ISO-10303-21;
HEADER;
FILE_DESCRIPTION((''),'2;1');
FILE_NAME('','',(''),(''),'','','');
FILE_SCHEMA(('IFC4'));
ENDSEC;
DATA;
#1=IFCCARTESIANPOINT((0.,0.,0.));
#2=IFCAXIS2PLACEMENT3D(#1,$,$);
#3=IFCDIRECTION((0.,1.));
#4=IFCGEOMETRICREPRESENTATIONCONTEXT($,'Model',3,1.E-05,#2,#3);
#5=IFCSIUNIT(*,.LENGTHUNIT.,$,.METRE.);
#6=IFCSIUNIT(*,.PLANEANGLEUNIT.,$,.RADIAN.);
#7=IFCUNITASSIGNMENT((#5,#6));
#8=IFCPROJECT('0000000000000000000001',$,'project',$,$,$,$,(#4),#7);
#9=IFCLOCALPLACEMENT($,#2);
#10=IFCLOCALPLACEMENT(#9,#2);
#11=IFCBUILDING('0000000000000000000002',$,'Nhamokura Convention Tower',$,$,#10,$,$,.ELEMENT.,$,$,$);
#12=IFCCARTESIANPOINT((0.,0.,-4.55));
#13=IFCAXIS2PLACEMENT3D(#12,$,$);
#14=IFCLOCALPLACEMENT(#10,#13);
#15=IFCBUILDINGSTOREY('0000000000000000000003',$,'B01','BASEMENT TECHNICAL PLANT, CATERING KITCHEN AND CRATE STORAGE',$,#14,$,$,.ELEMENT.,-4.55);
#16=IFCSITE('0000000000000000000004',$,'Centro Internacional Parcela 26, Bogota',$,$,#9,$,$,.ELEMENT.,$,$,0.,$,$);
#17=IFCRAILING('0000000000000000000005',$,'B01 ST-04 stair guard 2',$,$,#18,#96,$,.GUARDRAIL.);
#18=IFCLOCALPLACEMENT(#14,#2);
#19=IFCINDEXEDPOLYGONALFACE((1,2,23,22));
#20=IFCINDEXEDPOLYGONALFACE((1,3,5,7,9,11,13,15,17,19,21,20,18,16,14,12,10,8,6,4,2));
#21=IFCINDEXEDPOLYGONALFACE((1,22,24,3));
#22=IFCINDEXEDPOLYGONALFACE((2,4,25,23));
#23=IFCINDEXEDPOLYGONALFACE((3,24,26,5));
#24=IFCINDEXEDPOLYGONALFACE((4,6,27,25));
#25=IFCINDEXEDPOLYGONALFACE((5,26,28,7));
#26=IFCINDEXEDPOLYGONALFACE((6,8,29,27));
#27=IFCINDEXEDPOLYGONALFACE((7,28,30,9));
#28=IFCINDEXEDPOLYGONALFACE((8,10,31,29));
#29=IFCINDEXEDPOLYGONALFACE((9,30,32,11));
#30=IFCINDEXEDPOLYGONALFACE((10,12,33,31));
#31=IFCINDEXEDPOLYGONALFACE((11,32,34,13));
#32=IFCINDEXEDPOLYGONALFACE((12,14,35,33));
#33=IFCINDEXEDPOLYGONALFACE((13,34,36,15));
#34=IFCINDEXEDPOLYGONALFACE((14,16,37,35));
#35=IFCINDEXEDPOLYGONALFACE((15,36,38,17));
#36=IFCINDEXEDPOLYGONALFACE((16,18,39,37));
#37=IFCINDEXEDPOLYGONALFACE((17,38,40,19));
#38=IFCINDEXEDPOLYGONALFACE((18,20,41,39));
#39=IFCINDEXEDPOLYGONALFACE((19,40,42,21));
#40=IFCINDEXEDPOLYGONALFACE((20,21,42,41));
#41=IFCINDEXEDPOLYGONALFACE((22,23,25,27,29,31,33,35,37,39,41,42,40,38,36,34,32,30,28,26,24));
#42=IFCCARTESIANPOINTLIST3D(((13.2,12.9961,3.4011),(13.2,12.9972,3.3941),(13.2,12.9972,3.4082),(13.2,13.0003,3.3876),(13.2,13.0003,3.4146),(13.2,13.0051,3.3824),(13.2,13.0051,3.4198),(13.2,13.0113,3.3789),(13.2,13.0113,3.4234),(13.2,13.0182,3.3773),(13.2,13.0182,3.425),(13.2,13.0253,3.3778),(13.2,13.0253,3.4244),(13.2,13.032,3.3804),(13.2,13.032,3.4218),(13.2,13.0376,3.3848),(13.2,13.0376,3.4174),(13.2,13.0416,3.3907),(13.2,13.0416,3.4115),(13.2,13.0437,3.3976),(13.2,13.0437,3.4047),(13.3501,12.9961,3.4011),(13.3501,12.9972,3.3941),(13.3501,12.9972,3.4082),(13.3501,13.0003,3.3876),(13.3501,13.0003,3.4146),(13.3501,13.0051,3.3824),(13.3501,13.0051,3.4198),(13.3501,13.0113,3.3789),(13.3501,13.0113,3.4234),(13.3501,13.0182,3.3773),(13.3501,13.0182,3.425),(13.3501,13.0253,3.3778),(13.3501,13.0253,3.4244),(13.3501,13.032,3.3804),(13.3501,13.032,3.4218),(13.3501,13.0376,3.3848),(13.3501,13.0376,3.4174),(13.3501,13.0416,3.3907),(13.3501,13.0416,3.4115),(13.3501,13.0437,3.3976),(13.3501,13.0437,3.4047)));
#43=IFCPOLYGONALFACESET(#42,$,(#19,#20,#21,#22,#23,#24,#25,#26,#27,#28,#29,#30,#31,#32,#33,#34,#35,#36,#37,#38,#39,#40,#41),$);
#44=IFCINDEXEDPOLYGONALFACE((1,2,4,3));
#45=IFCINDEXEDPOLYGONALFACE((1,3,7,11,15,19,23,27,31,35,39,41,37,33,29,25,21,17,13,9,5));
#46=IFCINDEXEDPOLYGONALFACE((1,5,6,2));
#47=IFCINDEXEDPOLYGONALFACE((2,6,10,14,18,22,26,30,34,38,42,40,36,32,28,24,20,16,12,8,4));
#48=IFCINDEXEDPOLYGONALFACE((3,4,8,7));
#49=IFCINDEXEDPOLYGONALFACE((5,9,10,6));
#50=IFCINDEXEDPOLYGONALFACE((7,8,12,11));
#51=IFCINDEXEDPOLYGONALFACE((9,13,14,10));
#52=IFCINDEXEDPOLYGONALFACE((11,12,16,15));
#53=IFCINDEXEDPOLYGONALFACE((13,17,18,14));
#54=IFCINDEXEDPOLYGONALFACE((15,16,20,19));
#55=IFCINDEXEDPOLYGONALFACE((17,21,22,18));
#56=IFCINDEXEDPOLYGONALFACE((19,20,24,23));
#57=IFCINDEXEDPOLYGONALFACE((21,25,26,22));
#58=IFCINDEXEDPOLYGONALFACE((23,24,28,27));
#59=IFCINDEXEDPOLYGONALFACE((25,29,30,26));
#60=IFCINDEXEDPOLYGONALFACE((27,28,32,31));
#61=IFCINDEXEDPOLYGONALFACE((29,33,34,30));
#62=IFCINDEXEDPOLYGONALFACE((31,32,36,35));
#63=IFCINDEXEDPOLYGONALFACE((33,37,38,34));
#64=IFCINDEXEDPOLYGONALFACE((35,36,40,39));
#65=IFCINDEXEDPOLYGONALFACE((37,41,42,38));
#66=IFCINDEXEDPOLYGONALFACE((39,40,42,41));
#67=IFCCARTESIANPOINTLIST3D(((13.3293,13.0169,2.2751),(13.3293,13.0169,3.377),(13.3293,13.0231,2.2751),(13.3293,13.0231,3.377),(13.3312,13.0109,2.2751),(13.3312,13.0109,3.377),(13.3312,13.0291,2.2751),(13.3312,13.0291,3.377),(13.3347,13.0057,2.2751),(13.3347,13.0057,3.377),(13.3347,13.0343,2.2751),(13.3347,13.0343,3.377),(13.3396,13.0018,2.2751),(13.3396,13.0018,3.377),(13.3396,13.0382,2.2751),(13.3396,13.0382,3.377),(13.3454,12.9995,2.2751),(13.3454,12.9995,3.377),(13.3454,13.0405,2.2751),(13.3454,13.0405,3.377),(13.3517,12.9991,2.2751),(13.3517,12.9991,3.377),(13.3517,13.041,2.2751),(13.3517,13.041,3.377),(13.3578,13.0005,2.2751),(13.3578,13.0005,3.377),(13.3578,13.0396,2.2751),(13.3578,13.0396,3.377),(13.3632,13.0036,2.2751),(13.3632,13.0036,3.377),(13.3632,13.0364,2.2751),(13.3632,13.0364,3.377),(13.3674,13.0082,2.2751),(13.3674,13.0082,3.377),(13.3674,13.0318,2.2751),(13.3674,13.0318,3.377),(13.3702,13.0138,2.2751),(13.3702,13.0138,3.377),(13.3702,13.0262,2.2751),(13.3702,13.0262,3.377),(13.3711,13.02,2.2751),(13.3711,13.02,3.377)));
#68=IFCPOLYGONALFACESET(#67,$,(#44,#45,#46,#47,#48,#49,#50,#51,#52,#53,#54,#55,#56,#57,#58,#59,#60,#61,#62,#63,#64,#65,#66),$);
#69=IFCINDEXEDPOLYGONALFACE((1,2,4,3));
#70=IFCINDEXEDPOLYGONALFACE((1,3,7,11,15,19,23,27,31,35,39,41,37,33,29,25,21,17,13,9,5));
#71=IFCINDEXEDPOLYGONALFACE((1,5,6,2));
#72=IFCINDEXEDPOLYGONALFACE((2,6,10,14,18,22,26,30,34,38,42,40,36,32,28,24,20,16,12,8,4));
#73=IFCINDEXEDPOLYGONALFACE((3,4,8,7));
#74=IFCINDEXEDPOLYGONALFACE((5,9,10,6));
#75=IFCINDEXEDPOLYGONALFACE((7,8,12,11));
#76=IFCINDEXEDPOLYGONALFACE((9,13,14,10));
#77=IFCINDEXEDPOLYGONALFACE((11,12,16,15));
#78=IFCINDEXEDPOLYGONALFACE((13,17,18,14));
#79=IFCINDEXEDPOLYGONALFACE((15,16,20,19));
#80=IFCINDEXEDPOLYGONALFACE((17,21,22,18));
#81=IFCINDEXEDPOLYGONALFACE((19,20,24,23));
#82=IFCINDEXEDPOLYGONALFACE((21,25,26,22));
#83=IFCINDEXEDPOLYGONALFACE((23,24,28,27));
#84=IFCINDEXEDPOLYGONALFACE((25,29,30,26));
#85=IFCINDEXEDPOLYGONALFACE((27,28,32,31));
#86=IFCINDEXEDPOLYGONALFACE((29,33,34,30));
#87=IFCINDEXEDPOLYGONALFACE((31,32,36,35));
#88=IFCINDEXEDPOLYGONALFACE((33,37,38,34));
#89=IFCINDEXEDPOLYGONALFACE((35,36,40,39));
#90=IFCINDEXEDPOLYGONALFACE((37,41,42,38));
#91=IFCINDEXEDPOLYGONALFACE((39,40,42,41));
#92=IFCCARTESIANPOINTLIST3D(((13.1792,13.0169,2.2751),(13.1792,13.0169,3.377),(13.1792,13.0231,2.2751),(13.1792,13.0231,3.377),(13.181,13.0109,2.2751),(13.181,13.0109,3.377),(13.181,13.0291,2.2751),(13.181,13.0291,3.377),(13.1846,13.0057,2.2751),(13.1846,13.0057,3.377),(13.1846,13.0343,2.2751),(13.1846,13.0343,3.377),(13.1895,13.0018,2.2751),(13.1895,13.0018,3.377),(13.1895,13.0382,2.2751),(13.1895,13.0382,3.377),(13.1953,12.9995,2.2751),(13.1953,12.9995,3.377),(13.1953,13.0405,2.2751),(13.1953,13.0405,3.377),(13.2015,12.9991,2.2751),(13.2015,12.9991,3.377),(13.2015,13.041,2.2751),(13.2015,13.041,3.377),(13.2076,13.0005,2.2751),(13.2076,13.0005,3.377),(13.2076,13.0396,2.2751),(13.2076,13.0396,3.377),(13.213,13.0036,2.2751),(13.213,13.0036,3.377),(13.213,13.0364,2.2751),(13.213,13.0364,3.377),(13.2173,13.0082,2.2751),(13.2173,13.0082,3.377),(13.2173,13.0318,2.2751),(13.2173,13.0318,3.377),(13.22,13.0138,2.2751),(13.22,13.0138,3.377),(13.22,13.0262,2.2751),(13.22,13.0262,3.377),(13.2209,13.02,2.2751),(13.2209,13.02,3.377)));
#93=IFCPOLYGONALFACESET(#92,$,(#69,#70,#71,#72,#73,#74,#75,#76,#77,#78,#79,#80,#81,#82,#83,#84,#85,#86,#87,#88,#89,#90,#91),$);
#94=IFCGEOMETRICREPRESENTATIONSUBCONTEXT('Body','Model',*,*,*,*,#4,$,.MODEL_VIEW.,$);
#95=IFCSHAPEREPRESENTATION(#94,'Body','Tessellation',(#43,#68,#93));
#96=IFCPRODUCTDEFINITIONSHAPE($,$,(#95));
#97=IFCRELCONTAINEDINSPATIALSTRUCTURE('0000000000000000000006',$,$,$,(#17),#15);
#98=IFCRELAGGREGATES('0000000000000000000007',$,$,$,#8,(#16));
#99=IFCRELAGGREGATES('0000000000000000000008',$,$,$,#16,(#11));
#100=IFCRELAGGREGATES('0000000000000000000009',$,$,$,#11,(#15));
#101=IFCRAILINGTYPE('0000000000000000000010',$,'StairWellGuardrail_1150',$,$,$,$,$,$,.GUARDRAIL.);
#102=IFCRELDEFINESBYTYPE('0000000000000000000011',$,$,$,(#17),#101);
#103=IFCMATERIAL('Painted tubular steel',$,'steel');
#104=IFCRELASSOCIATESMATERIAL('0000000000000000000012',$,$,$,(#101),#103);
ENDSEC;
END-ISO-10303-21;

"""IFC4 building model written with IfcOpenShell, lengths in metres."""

from ifc_helpers import new_model, si_unit, direction, frame, origin, origin_2d, place, context, subcontext, project, spatial, circle, extrude, material, type_object, element, save


model = new_model("IFC4")

# Units and contexts
model_context = context("Model", 3, precision=1e-05, world=origin(), true_north=direction((0.0, 1.0)))
body_context = subcontext(model_context, "Body", "Model", "MODEL_VIEW")
ifc_project = project(units=[si_unit("LENGTHUNIT", "METRE"), si_unit("PLANEANGLEUNIT", "RADIAN")], contexts=[model_context])

# Site, building, storey
site_placement = place(None, origin())
site = spatial("IfcSite", under=ifc_project, at=site_placement, Name="Centro Internacional Parcela 26, Bogota", CompositionType="ELEMENT", RefElevation=0.0)
building_placement = place(site_placement, origin())
building = spatial("IfcBuilding", under=site, at=building_placement, Name="Nhamokura Convention Tower", CompositionType="ELEMENT")
storey_placement = place(building_placement, frame((0.0, 0.0, -4.55)))
storey = spatial("IfcBuildingStorey", under=building, at=storey_placement, Name="B01", Description="BASEMENT TECHNICAL PLANT, CATERING KITCHEN AND CRATE STORAGE", CompositionType="ELEMENT", Elevation=-4.55)

# Railing
ifc_material_1 = material(Name="Painted tubular steel", Category="steel")
railing_type_1 = type_object("IfcRailingType", Name="StairWellGuardrail_1150", PredefinedType="GUARDRAIL", material=ifc_material_1)
railing_1_placement = place(storey_placement, frame((13.3501, 13.02, 2.2751)))
element("IfcRailing", 1, at=railing_1_placement, inside=storey, type_object=railing_type_1, Name="B01 ST-04 stair guard 2", PredefinedType="GUARDRAIL", context=body_context, shape_type="SweptSolid", body=[
    extrude(circle(Radius=0.0239, at=origin_2d()), frame((0.0, 0.0, 1.126), z_axis=(-1.0, 0.0, 0.0), x_axis=(0.0, -1.0, 0.0)), (0.0, 0.0, 1.0), 0.1501),
    extrude(circle(Radius=0.021, at=origin_2d()), origin(), (0.0, 0.0, 1.0), 1.1018),
    extrude(circle(Radius=0.021, at=origin_2d()), frame((-0.1501, 0.0, 0.0)), (0.0, 0.0, 1.0), 1.1018),
])

save(model, "model.ifc")
